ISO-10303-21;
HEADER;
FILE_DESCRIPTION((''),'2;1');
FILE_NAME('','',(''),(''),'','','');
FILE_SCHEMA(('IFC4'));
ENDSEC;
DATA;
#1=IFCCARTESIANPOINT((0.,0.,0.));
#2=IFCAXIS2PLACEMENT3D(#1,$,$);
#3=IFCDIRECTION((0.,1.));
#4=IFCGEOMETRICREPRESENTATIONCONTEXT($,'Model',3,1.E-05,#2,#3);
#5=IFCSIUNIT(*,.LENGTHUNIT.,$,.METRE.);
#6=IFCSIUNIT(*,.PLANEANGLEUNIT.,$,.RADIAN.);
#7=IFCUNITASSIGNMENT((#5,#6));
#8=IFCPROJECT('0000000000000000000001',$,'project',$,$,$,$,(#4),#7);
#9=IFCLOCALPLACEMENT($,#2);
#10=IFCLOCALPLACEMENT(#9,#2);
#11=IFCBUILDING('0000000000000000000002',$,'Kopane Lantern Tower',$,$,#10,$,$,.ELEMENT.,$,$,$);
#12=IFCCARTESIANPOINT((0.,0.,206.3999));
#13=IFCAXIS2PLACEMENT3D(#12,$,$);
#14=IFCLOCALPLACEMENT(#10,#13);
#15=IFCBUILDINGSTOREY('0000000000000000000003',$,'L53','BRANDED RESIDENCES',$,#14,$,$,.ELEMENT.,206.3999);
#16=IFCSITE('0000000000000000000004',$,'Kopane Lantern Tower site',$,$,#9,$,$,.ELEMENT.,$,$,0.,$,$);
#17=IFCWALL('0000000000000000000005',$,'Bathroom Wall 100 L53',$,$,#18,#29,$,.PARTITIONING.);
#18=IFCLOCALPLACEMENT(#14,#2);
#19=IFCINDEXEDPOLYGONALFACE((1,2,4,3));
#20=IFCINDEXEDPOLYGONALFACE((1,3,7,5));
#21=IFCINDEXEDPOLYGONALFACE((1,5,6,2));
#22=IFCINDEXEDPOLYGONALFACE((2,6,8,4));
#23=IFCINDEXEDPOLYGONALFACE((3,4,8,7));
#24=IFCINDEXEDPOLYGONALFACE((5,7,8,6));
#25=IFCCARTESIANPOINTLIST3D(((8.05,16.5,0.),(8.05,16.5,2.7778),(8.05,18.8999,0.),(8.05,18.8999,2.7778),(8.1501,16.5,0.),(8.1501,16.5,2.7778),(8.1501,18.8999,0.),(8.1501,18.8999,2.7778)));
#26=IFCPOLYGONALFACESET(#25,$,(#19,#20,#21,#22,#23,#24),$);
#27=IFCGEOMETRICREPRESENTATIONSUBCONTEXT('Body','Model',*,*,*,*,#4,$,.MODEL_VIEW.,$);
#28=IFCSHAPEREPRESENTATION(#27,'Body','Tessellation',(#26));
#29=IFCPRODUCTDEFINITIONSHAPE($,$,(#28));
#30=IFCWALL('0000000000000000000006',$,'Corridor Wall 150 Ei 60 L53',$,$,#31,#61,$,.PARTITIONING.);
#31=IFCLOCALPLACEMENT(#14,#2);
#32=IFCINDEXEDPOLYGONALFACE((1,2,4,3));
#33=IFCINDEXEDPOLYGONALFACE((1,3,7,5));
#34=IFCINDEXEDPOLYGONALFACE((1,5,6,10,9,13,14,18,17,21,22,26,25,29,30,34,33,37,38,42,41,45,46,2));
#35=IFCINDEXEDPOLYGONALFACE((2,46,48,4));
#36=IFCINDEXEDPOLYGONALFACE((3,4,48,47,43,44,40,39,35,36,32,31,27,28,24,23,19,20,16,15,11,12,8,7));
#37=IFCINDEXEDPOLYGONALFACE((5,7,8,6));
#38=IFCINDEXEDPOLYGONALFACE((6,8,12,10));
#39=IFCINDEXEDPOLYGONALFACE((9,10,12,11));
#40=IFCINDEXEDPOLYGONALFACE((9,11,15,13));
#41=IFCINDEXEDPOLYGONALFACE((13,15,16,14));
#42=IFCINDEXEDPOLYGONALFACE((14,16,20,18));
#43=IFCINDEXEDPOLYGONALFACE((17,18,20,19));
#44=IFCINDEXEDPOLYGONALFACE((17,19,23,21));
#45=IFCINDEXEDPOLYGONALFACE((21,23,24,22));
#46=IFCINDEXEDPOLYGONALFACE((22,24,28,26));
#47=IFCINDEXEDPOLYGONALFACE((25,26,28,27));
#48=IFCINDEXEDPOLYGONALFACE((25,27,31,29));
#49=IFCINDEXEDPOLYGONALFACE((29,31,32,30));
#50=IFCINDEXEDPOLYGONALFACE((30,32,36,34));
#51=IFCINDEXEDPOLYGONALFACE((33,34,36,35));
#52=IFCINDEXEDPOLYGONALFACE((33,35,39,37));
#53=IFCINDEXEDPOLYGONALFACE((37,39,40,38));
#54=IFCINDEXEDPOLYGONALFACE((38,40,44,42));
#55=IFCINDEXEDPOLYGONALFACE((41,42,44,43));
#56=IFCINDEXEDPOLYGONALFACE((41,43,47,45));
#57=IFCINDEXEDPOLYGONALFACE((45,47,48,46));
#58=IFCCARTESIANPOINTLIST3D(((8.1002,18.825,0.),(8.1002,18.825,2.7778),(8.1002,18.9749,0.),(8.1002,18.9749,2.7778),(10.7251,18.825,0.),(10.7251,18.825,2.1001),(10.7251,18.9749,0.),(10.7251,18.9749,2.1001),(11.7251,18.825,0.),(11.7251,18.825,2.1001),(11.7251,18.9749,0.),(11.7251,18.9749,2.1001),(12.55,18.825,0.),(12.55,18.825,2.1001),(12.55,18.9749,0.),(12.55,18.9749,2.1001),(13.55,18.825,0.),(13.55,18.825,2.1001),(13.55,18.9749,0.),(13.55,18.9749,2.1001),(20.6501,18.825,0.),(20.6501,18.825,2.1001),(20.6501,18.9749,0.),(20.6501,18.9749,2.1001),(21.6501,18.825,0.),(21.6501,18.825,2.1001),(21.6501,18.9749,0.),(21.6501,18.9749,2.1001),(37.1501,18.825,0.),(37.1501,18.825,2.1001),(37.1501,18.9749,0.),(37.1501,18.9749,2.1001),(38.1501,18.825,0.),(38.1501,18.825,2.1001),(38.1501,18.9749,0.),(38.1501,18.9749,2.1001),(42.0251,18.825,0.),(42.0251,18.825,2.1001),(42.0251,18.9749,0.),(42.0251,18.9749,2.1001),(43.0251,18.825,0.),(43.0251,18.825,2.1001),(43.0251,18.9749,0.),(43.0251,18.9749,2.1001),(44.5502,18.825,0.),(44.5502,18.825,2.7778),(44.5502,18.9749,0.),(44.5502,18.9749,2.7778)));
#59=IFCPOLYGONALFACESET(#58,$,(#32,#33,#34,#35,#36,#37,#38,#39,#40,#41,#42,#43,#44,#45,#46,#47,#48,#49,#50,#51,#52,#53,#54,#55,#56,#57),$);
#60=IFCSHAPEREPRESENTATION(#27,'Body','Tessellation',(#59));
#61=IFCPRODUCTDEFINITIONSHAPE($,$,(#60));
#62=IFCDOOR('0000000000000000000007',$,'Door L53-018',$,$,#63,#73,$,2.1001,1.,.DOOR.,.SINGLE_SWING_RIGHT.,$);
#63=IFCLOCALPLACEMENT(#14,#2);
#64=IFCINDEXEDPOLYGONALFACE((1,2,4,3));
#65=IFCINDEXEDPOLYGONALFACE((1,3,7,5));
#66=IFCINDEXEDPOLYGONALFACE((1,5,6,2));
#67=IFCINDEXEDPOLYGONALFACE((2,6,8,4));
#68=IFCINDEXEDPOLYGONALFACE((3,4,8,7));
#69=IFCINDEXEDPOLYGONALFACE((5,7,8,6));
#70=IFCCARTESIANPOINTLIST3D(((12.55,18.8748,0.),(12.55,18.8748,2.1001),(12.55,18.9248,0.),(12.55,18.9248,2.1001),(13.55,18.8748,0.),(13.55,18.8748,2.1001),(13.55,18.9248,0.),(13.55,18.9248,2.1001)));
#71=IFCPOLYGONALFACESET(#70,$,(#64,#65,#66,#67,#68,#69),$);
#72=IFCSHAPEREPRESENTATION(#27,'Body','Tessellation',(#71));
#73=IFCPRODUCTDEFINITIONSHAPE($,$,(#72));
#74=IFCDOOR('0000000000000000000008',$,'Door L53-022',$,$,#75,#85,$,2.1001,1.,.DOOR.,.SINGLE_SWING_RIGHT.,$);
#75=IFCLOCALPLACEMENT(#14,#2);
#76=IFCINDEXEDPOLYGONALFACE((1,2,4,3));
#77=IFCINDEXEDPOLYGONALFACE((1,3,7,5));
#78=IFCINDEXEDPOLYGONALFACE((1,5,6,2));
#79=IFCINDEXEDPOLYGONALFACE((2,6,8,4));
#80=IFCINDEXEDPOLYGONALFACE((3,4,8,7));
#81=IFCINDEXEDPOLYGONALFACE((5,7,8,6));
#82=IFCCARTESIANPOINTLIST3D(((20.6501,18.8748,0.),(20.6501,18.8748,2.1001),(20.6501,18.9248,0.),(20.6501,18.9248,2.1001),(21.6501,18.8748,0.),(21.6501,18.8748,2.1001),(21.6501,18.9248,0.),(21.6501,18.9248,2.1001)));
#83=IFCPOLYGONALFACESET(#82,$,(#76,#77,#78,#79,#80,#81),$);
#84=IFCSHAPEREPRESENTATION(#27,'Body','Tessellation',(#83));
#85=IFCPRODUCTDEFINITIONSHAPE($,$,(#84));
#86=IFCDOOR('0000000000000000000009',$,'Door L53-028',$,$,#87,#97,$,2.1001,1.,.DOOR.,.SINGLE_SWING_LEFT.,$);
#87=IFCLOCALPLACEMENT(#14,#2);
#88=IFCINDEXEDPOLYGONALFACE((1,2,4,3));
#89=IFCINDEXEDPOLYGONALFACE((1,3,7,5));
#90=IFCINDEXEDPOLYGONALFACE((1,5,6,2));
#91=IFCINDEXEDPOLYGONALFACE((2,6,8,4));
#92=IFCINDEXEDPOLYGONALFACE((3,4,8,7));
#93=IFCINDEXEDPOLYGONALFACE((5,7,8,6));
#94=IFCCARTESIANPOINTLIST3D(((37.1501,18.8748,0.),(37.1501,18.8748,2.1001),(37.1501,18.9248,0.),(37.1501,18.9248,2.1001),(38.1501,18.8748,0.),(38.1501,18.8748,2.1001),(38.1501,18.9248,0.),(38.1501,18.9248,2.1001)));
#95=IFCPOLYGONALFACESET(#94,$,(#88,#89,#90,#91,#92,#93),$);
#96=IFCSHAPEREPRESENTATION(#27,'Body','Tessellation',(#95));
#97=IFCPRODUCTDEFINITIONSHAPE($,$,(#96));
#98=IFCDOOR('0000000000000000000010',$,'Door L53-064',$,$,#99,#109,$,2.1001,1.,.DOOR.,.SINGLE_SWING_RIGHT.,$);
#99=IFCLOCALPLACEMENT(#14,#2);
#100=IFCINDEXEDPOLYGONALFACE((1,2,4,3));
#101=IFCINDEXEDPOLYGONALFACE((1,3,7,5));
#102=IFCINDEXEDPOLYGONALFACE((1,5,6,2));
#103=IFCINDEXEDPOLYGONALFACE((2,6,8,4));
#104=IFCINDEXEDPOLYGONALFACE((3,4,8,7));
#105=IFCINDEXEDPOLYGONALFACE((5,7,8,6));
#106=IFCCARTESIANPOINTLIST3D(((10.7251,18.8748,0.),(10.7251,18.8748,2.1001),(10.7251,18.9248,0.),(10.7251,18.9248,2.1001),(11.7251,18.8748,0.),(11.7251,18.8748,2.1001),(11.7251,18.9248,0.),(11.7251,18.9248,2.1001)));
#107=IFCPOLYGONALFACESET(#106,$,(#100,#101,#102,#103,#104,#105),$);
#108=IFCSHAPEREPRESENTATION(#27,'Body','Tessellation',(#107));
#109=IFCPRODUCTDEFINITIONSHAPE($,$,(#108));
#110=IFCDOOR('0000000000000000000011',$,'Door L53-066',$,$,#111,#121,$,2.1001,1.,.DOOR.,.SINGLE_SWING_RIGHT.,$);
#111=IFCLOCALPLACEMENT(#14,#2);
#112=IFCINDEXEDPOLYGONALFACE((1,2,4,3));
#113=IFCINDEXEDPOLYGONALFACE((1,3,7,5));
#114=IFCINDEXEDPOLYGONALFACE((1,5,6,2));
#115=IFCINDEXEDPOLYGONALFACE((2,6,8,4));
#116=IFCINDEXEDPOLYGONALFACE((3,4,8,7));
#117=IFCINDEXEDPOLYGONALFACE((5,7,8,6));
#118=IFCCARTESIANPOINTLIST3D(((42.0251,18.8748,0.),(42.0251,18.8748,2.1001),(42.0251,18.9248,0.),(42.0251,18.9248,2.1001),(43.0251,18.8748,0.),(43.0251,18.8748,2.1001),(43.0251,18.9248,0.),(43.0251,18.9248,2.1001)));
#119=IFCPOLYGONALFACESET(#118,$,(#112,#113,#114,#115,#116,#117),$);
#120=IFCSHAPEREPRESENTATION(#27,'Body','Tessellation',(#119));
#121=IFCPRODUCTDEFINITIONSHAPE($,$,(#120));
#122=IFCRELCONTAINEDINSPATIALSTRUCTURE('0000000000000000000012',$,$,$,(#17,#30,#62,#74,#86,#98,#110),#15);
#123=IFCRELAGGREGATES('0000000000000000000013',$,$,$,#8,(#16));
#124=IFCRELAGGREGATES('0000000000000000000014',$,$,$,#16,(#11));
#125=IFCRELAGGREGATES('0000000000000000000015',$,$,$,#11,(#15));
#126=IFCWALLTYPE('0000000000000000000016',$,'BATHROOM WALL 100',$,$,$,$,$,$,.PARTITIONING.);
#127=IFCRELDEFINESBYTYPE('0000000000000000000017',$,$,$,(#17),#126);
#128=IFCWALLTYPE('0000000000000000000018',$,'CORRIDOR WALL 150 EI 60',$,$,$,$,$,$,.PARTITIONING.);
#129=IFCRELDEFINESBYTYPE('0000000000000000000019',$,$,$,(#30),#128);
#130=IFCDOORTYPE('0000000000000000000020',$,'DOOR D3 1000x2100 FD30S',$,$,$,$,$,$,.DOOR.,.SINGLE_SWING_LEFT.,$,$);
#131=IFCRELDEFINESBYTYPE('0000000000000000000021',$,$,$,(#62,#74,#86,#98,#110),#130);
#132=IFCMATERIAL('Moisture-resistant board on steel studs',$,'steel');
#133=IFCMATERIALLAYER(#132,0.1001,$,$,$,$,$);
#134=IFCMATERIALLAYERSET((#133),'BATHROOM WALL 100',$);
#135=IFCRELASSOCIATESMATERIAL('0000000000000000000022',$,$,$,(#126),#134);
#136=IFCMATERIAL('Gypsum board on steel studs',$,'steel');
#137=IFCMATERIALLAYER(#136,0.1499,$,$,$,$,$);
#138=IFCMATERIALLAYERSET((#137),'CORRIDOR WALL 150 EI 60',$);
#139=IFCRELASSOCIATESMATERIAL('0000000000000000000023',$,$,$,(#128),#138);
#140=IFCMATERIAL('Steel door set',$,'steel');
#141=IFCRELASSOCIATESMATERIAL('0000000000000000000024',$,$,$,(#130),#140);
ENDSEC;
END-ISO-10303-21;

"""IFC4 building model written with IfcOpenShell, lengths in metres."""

from ifc_helpers import new_model, si_unit, direction, frame, frame_2d, origin, place, context, subcontext, project, spatial, rectangle, extrude, material, layer, layer_set, type_object, element, fill, save


model = new_model("IFC4")

# Units and contexts
model_context = context("Model", 3, precision=1e-05, world=origin(), true_north=direction((0.0, 1.0)))
body_context = subcontext(model_context, "Body", "Model", "MODEL_VIEW")
ifc_project = project(units=[si_unit("LENGTHUNIT", "METRE"), si_unit("PLANEANGLEUNIT", "RADIAN")], contexts=[model_context])

# Site, building, storey
site_placement = place(None, origin())
site = spatial("IfcSite", under=ifc_project, at=site_placement, Name="Kopane Lantern Tower site", CompositionType="ELEMENT", RefElevation=0.0)
building_placement = place(site_placement, origin())
building = spatial("IfcBuilding", under=site, at=building_placement, Name="Kopane Lantern Tower", CompositionType="ELEMENT")
storey_placement = place(building_placement, frame((0.0, 0.0, 206.3999)))
storey = spatial("IfcBuildingStorey", under=building, at=storey_placement, Name="L53", Description="BRANDED RESIDENCES", CompositionType="ELEMENT", Elevation=206.3999)

# Wall
ifc_material_1 = material(Name="Moisture-resistant board on steel studs", Category="steel")
ifc_layer_1 = layer(ifc_material_1, 0.1001)
ifc_layer_set_1 = layer_set([ifc_layer_1], Name="BATHROOM WALL 100")
wall_type_1 = type_object("IfcWallType", Name="BATHROOM WALL 100", PredefinedType="PARTITIONING", material=ifc_layer_set_1)
wall_1_placement = place(storey_placement, frame((8.1001, 18.8999, 0.0), z_axis=(0.0, 0.0, 1.0), x_axis=(0.0, -1.0, 0.0)))
element("IfcWall", 1, at=wall_1_placement, inside=storey, type_object=wall_type_1, Name="Bathroom Wall 100 L53", PredefinedType="PARTITIONING", context=body_context, shape_type="SweptSolid", body=[
    extrude(rectangle(XDim=2.3999, YDim=0.1001, at=frame_2d((1.2, 0.0))), origin(), (0.0, 0.0, 1.0), 2.7778),
])

# Wall, openings, doors
ifc_material_2 = material(Name="Gypsum board on steel studs", Category="steel")
ifc_layer_2 = layer(ifc_material_2, 0.1499)
ifc_layer_set_2 = layer_set([ifc_layer_2], Name="CORRIDOR WALL 150 EI 60")
wall_type_2 = type_object("IfcWallType", Name="CORRIDOR WALL 150 EI 60", PredefinedType="PARTITIONING", material=ifc_layer_set_2)
wall_2_placement = place(storey_placement, frame((8.1001, 18.8999, 0.0), z_axis=(0.0, 0.0, 1.0), x_axis=(1.0, 0.0, 0.0)))
wall_2 = element("IfcWall", 2, at=wall_2_placement, inside=storey, type_object=wall_type_2, Name="Corridor Wall 150 Ei 60 L53", PredefinedType="PARTITIONING", context=body_context, shape_type="SweptSolid", body=[
    extrude(rectangle(XDim=36.45, YDim=0.1499, at=frame_2d((18.2251, 0.0))), origin(), (0.0, 0.0, 1.0), 2.7778),
])
opening_1_placement = place(wall_2_placement, frame((4.45, 0.0, 0.0)))
opening_1 = element("IfcOpeningElement", 3, at=opening_1_placement, cuts=wall_2, PredefinedType="OPENING", context=body_context, shape_type="SweptSolid", body=[
    extrude(rectangle(XDim=1.0, YDim=2.1001, at=frame_2d((0.5, 1.05))), frame((0.0, 0.085, 0.0), z_axis=(0.0, -1.0, 0.0), x_axis=(1.0, 0.0, 0.0)), (0.0, 0.0, 1.0), 0.1699),
])
opening_2_placement = place(wall_2_placement, frame((12.55, 0.0, 0.0)))
opening_2 = element("IfcOpeningElement", 4, at=opening_2_placement, cuts=wall_2, PredefinedType="OPENING", context=body_context, shape_type="SweptSolid", body=[
    extrude(rectangle(XDim=1.0, YDim=2.1001, at=frame_2d((0.5, 1.05))), frame((0.0, 0.085, 0.0), z_axis=(0.0, -1.0, 0.0), x_axis=(1.0, 0.0, 0.0)), (0.0, 0.0, 1.0), 0.1699),
])
opening_3_placement = place(wall_2_placement, frame((29.05, 0.0, 0.0)))
opening_3 = element("IfcOpeningElement", 5, at=opening_3_placement, cuts=wall_2, PredefinedType="OPENING", context=body_context, shape_type="SweptSolid", body=[
    extrude(rectangle(XDim=1.0, YDim=2.1001, at=frame_2d((0.5, 1.05))), frame((0.0, 0.085, 0.0), z_axis=(0.0, -1.0, 0.0), x_axis=(1.0, 0.0, 0.0)), (0.0, 0.0, 1.0), 0.1699),
])
opening_4_placement = place(wall_2_placement, frame((2.625, 0.0, 0.0)))
opening_4 = element("IfcOpeningElement", 6, at=opening_4_placement, cuts=wall_2, PredefinedType="OPENING", context=body_context, shape_type="SweptSolid", body=[
    extrude(rectangle(XDim=1.0, YDim=2.1001, at=frame_2d((0.5, 1.05))), frame((0.0, 0.085, 0.0), z_axis=(0.0, -1.0, 0.0), x_axis=(1.0, 0.0, 0.0)), (0.0, 0.0, 1.0), 0.1699),
])
opening_5_placement = place(wall_2_placement, frame((33.925, 0.0, 0.0)))
opening_5 = element("IfcOpeningElement", 7, at=opening_5_placement, cuts=wall_2, PredefinedType="OPENING", context=body_context, shape_type="SweptSolid", body=[
    extrude(rectangle(XDim=1.0, YDim=2.1001, at=frame_2d((0.5, 1.05))), frame((0.0, 0.085, 0.0), z_axis=(0.0, -1.0, 0.0), x_axis=(1.0, 0.0, 0.0)), (0.0, 0.0, 1.0), 0.1699),
])
ifc_material_3 = material(Name="Steel door set", Category="steel")
door_type = type_object("IfcDoorType", Name="DOOR D3 1000x2100 FD30S", OperationType="SINGLE_SWING_LEFT", PredefinedType="DOOR", material=ifc_material_3)
door_1_placement = place(opening_1_placement, origin())
door_1 = element("IfcDoor", 8, at=door_1_placement, inside=storey, type_object=door_type, Name="Door L53-018", OperationType="SINGLE_SWING_RIGHT", OverallHeight=2.1001, OverallWidth=1.0, PredefinedType="DOOR", context=body_context, shape_type="SweptSolid", body=[
    extrude(rectangle(XDim=1.0, YDim=2.1001, at=frame_2d((0.5, 1.05))), frame((0.0, 0.0249, 0.0), z_axis=(0.0, -1.0, 0.0), x_axis=(1.0, 0.0, 0.0)), (0.0, 0.0, 1.0), 0.05),
])
fill(opening_1, door_1)
door_2_placement = place(opening_2_placement, origin())
door_2 = element("IfcDoor", 9, at=door_2_placement, inside=storey, type_object=door_type, Name="Door L53-022", OperationType="SINGLE_SWING_RIGHT", OverallHeight=2.1001, OverallWidth=1.0, PredefinedType="DOOR", context=body_context, shape_type="SweptSolid", body=[
    extrude(rectangle(XDim=1.0, YDim=2.1001, at=frame_2d((0.5, 1.05))), frame((0.0, 0.0249, 0.0), z_axis=(0.0, -1.0, 0.0), x_axis=(1.0, 0.0, 0.0)), (0.0, 0.0, 1.0), 0.05),
])
fill(opening_2, door_2)
door_3_placement = place(opening_3_placement, origin())
door_3 = element("IfcDoor", 10, at=door_3_placement, inside=storey, type_object=door_type, Name="Door L53-028", OperationType="SINGLE_SWING_LEFT", OverallHeight=2.1001, OverallWidth=1.0, PredefinedType="DOOR", context=body_context, shape_type="SweptSolid", body=[
    extrude(rectangle(XDim=1.0, YDim=2.1001, at=frame_2d((0.5, 1.05))), frame((0.0, 0.0249, 0.0), z_axis=(0.0, -1.0, 0.0), x_axis=(1.0, 0.0, 0.0)), (0.0, 0.0, 1.0), 0.05),
])
fill(opening_3, door_3)
door_4_placement = place(opening_4_placement, origin())
door_4 = element("IfcDoor", 11, at=door_4_placement, inside=storey, type_object=door_type, Name="Door L53-064", OperationType="SINGLE_SWING_RIGHT", OverallHeight=2.1001, OverallWidth=1.0, PredefinedType="DOOR", context=body_context, shape_type="SweptSolid", body=[
    extrude(rectangle(XDim=1.0, YDim=2.1001, at=frame_2d((0.5, 1.05))), frame((0.0, 0.0249, 0.0), z_axis=(0.0, -1.0, 0.0), x_axis=(1.0, 0.0, 0.0)), (0.0, 0.0, 1.0), 0.05),
])
fill(opening_4, door_4)
door_5_placement = place(opening_5_placement, origin())
door_5 = element("IfcDoor", 12, at=door_5_placement, inside=storey, type_object=door_type, Name="Door L53-066", OperationType="SINGLE_SWING_RIGHT", OverallHeight=2.1001, OverallWidth=1.0, PredefinedType="DOOR", context=body_context, shape_type="SweptSolid", body=[
    extrude(rectangle(XDim=1.0, YDim=2.1001, at=frame_2d((0.5, 1.05))), frame((0.0, 0.0249, 0.0), z_axis=(0.0, -1.0, 0.0), x_axis=(1.0, 0.0, 0.0)), (0.0, 0.0, 1.0), 0.05),
])
fill(opening_5, door_5)

save(model, "model.ifc")
